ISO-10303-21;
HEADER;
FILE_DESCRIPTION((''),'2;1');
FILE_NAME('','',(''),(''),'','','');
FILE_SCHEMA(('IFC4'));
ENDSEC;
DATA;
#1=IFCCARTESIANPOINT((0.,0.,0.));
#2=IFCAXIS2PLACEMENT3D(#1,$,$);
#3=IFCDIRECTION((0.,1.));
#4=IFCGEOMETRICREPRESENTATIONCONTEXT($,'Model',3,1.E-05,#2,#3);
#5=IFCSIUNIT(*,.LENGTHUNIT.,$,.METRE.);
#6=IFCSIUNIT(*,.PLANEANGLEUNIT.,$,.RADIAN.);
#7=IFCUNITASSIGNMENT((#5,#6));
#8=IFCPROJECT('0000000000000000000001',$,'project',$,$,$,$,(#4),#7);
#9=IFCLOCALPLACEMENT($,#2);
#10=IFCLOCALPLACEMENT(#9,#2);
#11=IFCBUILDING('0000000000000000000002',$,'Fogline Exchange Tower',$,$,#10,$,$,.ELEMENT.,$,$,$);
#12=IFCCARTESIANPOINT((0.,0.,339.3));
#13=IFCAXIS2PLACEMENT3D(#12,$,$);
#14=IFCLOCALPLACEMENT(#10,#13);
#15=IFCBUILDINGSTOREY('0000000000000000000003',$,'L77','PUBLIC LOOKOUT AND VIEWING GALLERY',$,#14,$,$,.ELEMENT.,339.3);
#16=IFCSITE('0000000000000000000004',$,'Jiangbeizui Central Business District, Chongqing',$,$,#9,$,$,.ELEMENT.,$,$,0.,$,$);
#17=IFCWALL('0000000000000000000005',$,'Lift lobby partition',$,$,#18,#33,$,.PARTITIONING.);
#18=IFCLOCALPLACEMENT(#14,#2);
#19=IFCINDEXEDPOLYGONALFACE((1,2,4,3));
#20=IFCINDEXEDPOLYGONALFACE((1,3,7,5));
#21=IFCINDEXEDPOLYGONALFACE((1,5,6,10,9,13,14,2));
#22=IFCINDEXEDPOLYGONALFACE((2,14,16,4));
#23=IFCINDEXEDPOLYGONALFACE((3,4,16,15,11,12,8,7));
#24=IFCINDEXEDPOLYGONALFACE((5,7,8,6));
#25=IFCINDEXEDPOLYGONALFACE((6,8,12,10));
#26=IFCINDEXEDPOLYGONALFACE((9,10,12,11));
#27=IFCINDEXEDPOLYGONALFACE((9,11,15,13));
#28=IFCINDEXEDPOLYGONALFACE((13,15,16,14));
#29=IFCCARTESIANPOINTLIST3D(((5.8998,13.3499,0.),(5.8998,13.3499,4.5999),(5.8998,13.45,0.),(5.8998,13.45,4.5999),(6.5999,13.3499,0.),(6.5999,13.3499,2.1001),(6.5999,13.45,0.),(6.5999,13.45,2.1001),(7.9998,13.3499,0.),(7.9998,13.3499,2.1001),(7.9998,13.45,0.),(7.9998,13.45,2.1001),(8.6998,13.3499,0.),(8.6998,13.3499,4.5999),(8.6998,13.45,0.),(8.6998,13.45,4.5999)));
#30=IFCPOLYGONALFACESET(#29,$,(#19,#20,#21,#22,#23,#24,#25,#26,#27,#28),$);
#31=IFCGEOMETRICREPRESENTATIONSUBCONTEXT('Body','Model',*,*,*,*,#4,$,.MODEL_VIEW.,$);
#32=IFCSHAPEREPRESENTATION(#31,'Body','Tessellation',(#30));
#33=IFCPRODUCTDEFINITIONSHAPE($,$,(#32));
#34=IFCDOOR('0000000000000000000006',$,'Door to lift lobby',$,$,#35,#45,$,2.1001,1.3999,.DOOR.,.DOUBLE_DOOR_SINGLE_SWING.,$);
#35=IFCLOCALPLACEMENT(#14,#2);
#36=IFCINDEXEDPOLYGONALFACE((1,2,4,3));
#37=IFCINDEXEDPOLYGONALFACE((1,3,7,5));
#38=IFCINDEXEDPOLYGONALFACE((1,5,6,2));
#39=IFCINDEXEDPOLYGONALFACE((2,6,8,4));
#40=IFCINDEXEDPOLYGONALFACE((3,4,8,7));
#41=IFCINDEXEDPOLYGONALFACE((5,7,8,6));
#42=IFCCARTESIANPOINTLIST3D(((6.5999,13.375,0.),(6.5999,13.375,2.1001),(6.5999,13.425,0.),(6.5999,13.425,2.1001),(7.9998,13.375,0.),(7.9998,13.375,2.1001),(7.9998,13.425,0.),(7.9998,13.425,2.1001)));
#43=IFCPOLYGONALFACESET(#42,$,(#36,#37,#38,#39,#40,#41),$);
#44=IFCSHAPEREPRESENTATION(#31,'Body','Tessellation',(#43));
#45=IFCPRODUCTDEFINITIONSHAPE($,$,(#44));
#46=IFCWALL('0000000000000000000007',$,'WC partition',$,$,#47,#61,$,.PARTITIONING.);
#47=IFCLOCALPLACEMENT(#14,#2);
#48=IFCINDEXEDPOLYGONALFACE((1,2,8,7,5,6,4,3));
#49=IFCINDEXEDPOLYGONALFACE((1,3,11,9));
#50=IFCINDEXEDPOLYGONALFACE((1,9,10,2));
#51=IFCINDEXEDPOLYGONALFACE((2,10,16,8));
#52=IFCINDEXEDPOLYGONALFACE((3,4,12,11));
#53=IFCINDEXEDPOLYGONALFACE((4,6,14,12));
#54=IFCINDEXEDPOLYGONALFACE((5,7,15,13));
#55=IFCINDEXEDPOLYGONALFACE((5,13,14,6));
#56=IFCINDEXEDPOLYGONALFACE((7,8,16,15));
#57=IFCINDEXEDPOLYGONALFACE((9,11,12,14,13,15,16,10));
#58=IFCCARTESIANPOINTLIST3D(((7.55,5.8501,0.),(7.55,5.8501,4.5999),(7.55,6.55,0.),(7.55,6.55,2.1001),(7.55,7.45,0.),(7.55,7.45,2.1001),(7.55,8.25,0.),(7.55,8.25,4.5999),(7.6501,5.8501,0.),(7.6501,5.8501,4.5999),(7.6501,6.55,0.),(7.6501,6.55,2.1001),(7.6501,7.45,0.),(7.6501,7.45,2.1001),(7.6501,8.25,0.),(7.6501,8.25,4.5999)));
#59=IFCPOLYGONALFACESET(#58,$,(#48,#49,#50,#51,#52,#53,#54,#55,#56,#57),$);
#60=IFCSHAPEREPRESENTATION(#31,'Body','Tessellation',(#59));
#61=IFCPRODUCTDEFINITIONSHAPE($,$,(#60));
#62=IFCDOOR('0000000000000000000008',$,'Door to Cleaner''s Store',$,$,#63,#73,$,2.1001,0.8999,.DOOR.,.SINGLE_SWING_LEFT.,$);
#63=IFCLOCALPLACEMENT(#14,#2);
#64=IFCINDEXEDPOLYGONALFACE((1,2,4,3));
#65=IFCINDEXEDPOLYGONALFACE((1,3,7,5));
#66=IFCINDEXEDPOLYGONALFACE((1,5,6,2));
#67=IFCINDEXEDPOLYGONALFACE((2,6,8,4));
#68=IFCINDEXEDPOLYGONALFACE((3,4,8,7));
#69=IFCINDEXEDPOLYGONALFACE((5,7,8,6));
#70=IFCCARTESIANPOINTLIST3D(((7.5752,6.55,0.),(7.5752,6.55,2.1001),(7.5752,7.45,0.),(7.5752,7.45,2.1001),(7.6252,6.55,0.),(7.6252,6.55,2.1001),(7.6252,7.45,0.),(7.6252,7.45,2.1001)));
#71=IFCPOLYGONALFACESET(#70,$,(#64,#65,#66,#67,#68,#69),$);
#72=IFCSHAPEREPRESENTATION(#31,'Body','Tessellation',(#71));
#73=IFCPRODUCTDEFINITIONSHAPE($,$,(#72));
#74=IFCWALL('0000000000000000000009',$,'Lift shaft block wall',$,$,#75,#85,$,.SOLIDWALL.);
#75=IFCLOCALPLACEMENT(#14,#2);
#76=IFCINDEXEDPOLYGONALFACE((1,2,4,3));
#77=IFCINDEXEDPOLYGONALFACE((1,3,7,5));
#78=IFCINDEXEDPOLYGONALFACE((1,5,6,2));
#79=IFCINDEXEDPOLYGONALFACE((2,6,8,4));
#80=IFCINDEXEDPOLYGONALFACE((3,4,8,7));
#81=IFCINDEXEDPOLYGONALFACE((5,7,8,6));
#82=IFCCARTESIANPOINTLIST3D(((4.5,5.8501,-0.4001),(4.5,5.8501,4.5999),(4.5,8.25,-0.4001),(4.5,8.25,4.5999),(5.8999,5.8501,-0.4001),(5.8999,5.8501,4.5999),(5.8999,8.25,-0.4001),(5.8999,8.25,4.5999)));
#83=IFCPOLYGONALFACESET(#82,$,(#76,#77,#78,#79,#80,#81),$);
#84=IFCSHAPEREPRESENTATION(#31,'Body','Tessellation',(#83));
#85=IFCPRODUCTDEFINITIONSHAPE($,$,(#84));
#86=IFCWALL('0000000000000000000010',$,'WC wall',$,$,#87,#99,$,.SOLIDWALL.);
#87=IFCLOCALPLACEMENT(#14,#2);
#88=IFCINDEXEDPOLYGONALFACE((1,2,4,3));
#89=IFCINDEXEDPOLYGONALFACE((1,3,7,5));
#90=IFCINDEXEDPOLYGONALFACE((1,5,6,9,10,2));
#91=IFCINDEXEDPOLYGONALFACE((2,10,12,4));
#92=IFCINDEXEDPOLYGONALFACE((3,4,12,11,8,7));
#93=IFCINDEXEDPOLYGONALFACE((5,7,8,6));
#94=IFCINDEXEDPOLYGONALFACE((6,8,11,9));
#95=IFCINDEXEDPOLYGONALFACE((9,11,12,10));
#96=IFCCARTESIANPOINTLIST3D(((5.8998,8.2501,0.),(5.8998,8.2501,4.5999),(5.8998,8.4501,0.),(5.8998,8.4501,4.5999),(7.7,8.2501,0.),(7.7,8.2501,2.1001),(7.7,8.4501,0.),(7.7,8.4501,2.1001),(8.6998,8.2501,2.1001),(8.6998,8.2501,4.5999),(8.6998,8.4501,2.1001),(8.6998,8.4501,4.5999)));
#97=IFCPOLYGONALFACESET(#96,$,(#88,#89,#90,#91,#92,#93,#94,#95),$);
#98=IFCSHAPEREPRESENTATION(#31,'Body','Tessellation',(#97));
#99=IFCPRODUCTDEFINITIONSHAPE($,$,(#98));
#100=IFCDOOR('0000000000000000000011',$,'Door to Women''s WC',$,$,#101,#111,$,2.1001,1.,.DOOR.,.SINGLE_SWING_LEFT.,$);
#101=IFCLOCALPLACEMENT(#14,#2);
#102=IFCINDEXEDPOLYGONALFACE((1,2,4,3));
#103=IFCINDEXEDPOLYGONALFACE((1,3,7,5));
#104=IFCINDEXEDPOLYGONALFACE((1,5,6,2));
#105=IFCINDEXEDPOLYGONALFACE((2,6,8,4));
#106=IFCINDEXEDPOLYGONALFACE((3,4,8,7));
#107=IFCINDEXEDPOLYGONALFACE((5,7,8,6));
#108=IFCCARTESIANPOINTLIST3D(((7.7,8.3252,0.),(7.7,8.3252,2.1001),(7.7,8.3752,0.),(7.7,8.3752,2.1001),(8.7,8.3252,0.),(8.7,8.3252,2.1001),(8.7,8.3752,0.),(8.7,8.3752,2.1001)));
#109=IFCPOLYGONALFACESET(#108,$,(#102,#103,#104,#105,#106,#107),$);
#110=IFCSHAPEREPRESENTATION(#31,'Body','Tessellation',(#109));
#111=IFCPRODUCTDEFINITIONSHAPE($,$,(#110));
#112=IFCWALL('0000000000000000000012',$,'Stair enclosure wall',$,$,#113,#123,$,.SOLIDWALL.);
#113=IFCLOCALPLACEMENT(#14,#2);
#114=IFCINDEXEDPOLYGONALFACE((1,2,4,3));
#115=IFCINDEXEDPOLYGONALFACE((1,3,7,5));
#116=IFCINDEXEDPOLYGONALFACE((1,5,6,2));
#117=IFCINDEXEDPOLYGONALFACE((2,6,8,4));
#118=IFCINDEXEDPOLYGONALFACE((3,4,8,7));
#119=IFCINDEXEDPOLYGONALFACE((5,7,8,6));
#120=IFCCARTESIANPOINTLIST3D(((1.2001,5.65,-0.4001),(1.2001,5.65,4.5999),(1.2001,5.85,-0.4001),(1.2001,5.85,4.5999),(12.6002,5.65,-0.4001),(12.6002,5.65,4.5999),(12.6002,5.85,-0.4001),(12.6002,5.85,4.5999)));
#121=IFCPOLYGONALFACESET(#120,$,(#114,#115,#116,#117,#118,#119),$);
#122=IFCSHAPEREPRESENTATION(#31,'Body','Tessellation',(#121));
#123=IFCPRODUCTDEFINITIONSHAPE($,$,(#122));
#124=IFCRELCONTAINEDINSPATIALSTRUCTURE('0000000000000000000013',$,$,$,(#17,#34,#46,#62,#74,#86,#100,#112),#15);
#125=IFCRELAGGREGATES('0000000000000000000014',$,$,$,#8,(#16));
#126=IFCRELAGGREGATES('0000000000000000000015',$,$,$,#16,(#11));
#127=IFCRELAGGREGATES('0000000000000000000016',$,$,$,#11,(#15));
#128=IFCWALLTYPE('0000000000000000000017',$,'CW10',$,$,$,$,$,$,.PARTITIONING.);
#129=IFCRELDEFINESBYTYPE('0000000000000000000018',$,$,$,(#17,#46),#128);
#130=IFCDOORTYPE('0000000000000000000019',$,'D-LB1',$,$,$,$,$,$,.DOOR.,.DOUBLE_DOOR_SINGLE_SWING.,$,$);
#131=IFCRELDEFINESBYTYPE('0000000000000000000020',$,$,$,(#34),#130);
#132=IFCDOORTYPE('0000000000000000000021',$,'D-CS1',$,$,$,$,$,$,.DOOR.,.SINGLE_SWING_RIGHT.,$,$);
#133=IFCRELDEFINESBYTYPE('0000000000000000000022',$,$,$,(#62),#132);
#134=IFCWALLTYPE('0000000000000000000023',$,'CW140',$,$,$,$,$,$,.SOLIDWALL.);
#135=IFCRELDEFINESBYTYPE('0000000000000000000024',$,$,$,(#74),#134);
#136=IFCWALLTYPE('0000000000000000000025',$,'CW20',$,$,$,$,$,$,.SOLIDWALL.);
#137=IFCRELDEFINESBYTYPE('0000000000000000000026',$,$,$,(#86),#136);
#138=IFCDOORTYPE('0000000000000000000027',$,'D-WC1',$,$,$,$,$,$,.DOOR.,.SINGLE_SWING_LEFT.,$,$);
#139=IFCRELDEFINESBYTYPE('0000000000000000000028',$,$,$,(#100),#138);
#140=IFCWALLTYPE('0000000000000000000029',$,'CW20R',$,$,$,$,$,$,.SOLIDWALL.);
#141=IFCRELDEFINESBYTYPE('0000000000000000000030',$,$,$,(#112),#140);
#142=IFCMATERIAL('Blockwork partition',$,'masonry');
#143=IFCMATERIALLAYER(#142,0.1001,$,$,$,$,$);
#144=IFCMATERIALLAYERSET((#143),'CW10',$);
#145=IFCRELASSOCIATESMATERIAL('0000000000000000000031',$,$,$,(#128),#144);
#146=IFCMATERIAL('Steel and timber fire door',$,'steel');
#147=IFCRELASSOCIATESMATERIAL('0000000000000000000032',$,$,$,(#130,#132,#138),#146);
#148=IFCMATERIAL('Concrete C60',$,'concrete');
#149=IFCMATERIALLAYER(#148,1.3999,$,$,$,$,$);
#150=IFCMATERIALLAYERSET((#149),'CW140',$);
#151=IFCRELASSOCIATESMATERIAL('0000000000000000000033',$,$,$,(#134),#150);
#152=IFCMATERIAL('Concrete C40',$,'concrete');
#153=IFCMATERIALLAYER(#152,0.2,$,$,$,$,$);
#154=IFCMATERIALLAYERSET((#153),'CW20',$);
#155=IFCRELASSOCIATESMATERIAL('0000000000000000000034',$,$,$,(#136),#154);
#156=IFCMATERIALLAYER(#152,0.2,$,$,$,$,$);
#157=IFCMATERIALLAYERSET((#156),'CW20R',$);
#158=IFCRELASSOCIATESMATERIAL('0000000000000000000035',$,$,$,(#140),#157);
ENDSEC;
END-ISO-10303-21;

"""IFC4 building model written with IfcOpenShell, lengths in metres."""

from ifc_helpers import new_model, si_unit, direction, frame, frame_2d, origin, place, context, subcontext, project, spatial, rectangle, extrude, material, layer, layer_set, type_object, element, fill, save


model = new_model("IFC4")

# Units and contexts
model_context = context("Model", 3, precision=1e-05, world=origin(), true_north=direction((0.0, 1.0)))
body_context = subcontext(model_context, "Body", "Model", "MODEL_VIEW")
ifc_project = project(units=[si_unit("LENGTHUNIT", "METRE"), si_unit("PLANEANGLEUNIT", "RADIAN")], contexts=[model_context])

# Site, building, storey
site_placement = place(None, origin())
site = spatial("IfcSite", under=ifc_project, at=site_placement, Name="Jiangbeizui Central Business District, Chongqing", CompositionType="ELEMENT", RefElevation=0.0)
building_placement = place(site_placement, origin())
building = spatial("IfcBuilding", under=site, at=building_placement, Name="Fogline Exchange Tower", CompositionType="ELEMENT")
storey_placement = place(building_placement, frame((0.0, 0.0, 339.3)))
storey = spatial("IfcBuildingStorey", under=building, at=storey_placement, Name="L77", Description="PUBLIC LOOKOUT AND VIEWING GALLERY", CompositionType="ELEMENT", Elevation=339.3)

# Walls, openings, doors
ifc_material_1 = material(Name="Blockwork partition", Category="masonry")
ifc_layer_1 = layer(ifc_material_1, 0.1001)
ifc_layer_set_1 = layer_set([ifc_layer_1], Name="CW10")
wall_type_1 = type_object("IfcWallType", Name="CW10", PredefinedType="PARTITIONING", material=ifc_layer_set_1)
wall_1_placement = place(storey_placement, frame((5.8999, 13.3999, 0.0), z_axis=(0.0, 0.0, 1.0), x_axis=(1.0, 0.0, 0.0)))
wall_1 = element("IfcWall", 1, at=wall_1_placement, inside=storey, type_object=wall_type_1, Name="Lift lobby partition", PredefinedType="PARTITIONING", context=body_context, shape_type="SweptSolid", body=[
    extrude(rectangle(XDim=2.8, YDim=0.1001, at=frame_2d((1.3999, 0.0))), origin(), (0.0, 0.0, 1.0), 4.5999),
])
opening_1_placement = place(wall_1_placement, frame((0.7, 0.0, 0.0)))
opening_1 = element("IfcOpeningElement", 2, at=opening_1_placement, cuts=wall_1, PredefinedType="OPENING", context=body_context, shape_type="SweptSolid", body=[
    extrude(rectangle(XDim=1.3999, YDim=2.1001, at=frame_2d((0.7, 1.05))), frame((0.0, 0.0601, 0.0), z_axis=(0.0, -1.0, 0.0), x_axis=(1.0, 0.0, 0.0)), (0.0, 0.0, 1.0), 0.1201),
])
ifc_material_2 = material(Name="Steel and timber fire door", Category="steel")
door_type_1 = type_object("IfcDoorType", Name="D-LB1", OperationType="DOUBLE_DOOR_SINGLE_SWING", PredefinedType="DOOR", material=ifc_material_2)
door_1_placement = place(opening_1_placement, frame((1.3999, 0.0, 0.0), z_axis=(0.0, 0.0, 1.0), x_axis=(-1.0, 0.0, 0.0)))
door_1 = element("IfcDoor", 3, at=door_1_placement, inside=storey, type_object=door_type_1, Name="Door to lift lobby", OperationType="DOUBLE_DOOR_SINGLE_SWING", OverallHeight=2.1001, OverallWidth=1.3999, PredefinedType="DOOR", context=body_context, shape_type="SweptSolid", body=[
    extrude(rectangle(XDim=1.3999, YDim=2.1001, at=frame_2d((0.7, 1.05))), frame((0.0, 0.0249, 0.0), z_axis=(0.0, -1.0, 0.0), x_axis=(1.0, 0.0, 0.0)), (0.0, 0.0, 1.0), 0.05),
])
fill(opening_1, door_1)
wall_2_placement = place(storey_placement, frame((7.6001, 5.8501, 0.0), z_axis=(0.0, 0.0, 1.0), x_axis=(0.0, 1.0, 0.0)))
wall_2 = element("IfcWall", 4, at=wall_2_placement, inside=storey, type_object=wall_type_1, Name="WC partition", PredefinedType="PARTITIONING", context=body_context, shape_type="SweptSolid", body=[
    extrude(rectangle(XDim=2.3999, YDim=0.1001, at=frame_2d((1.2, 0.0))), origin(), (0.0, 0.0, 1.0), 4.5999),
])
opening_2_placement = place(wall_2_placement, frame((0.7, 0.0, 0.0)))
opening_2 = element("IfcOpeningElement", 5, at=opening_2_placement, cuts=wall_2, PredefinedType="OPENING", context=body_context, shape_type="SweptSolid", body=[
    extrude(rectangle(XDim=0.8999, YDim=2.1001, at=frame_2d((0.45, 1.05))), frame((0.0, 0.0601, 0.0), z_axis=(0.0, -1.0, 0.0), x_axis=(1.0, 0.0, 0.0)), (0.0, 0.0, 1.0), 0.1201),
])
door_type_2 = type_object("IfcDoorType", Name="D-CS1", OperationType="SINGLE_SWING_RIGHT", PredefinedType="DOOR", material=ifc_material_2)
door_2_placement = place(opening_2_placement, origin())
door_2 = element("IfcDoor", 6, at=door_2_placement, inside=storey, type_object=door_type_2, Name="Door to Cleaner's Store", OperationType="SINGLE_SWING_LEFT", OverallHeight=2.1001, OverallWidth=0.8999, PredefinedType="DOOR", context=body_context, shape_type="SweptSolid", body=[
    extrude(rectangle(XDim=0.8999, YDim=2.1001, at=frame_2d((0.45, 1.05))), frame((0.0, 0.0249, 0.0), z_axis=(0.0, -1.0, 0.0), x_axis=(1.0, 0.0, 0.0)), (0.0, 0.0, 1.0), 0.05),
])
fill(opening_2, door_2)

# Wall
ifc_material_3 = material(Name="Concrete C60", Category="concrete")
ifc_layer_2 = layer(ifc_material_3, 1.3999)
ifc_layer_set_2 = layer_set([ifc_layer_2], Name="CW140")
wall_type_2 = type_object("IfcWallType", Name="CW140", PredefinedType="SOLIDWALL", material=ifc_layer_set_2)
wall_3_placement = place(storey_placement, frame((5.2, 5.8501, -0.4001), z_axis=(0.0, 0.0, 1.0), x_axis=(0.0, 1.0, 0.0)))
element("IfcWall", 7, at=wall_3_placement, inside=storey, type_object=wall_type_2, Name="Lift shaft block wall", PredefinedType="SOLIDWALL", context=body_context, shape_type="SweptSolid", body=[
    extrude(rectangle(XDim=2.3999, YDim=1.3999, at=frame_2d((1.2, 0.0))), origin(), (0.0, 0.0, 1.0), 5.0),
])

# Wall, opening, door
ifc_material_4 = material(Name="Concrete C40", Category="concrete")
ifc_layer_3 = layer(ifc_material_4, 0.2)
ifc_layer_set_3 = layer_set([ifc_layer_3], Name="CW20")
wall_type_3 = type_object("IfcWallType", Name="CW20", PredefinedType="SOLIDWALL", material=ifc_layer_set_3)
wall_4_placement = place(storey_placement, frame((5.8999, 8.3501, 0.0), z_axis=(0.0, 0.0, 1.0), x_axis=(1.0, 0.0, 0.0)))
wall_4 = element("IfcWall", 8, at=wall_4_placement, inside=storey, type_object=wall_type_3, Name="WC wall", PredefinedType="SOLIDWALL", context=body_context, shape_type="SweptSolid", body=[
    extrude(rectangle(XDim=2.8, YDim=0.2, at=frame_2d((1.3999, 0.0))), origin(), (0.0, 0.0, 1.0), 4.5999),
])
opening_3_placement = place(wall_4_placement, frame((1.8, 0.0, 0.0)))
opening_3 = element("IfcOpeningElement", 9, at=opening_3_placement, cuts=wall_4, PredefinedType="OPENING", context=body_context, shape_type="SweptSolid", body=[
    extrude(rectangle(XDim=1.0, YDim=2.1001, at=frame_2d((0.5, 1.05))), frame((0.0, 0.1099, 0.0), z_axis=(0.0, -1.0, 0.0), x_axis=(1.0, 0.0, 0.0)), (0.0, 0.0, 1.0), 0.22),
])
door_type_3 = type_object("IfcDoorType", Name="D-WC1", OperationType="SINGLE_SWING_LEFT", PredefinedType="DOOR", material=ifc_material_2)
door_3_placement = place(opening_3_placement, frame((1.0, 0.0, 0.0), z_axis=(0.0, 0.0, 1.0), x_axis=(-1.0, 0.0, 0.0)))
door_3 = element("IfcDoor", 10, at=door_3_placement, inside=storey, type_object=door_type_3, Name="Door to Women's WC", OperationType="SINGLE_SWING_LEFT", OverallHeight=2.1001, OverallWidth=1.0, PredefinedType="DOOR", context=body_context, shape_type="SweptSolid", body=[
    extrude(rectangle(XDim=1.0, YDim=2.1001, at=frame_2d((0.5, 1.05))), frame((0.0, 0.0249, 0.0), z_axis=(0.0, -1.0, 0.0), x_axis=(1.0, 0.0, 0.0)), (0.0, 0.0, 1.0), 0.05),
])
fill(opening_3, door_3)

# Wall
ifc_layer_4 = layer(ifc_material_4, 0.2)
ifc_layer_set_4 = layer_set([ifc_layer_4], Name="CW20R")
wall_type_4 = type_object("IfcWallType", Name="CW20R", PredefinedType="SOLIDWALL", material=ifc_layer_set_4)
wall_5_placement = place(storey_placement, frame((1.2, 5.75, -0.4001), z_axis=(0.0, 0.0, 1.0), x_axis=(1.0, 0.0, 0.0)))
element("IfcWall", 11, at=wall_5_placement, inside=storey, type_object=wall_type_4, Name="Stair enclosure wall", PredefinedType="SOLIDWALL", context=body_context, shape_type="SweptSolid", body=[
    extrude(rectangle(XDim=11.4001, YDim=0.2, at=frame_2d((5.7002, 0.0))), origin(), (0.0, 0.0, 1.0), 5.0),
])

save(model, "model.ifc")
